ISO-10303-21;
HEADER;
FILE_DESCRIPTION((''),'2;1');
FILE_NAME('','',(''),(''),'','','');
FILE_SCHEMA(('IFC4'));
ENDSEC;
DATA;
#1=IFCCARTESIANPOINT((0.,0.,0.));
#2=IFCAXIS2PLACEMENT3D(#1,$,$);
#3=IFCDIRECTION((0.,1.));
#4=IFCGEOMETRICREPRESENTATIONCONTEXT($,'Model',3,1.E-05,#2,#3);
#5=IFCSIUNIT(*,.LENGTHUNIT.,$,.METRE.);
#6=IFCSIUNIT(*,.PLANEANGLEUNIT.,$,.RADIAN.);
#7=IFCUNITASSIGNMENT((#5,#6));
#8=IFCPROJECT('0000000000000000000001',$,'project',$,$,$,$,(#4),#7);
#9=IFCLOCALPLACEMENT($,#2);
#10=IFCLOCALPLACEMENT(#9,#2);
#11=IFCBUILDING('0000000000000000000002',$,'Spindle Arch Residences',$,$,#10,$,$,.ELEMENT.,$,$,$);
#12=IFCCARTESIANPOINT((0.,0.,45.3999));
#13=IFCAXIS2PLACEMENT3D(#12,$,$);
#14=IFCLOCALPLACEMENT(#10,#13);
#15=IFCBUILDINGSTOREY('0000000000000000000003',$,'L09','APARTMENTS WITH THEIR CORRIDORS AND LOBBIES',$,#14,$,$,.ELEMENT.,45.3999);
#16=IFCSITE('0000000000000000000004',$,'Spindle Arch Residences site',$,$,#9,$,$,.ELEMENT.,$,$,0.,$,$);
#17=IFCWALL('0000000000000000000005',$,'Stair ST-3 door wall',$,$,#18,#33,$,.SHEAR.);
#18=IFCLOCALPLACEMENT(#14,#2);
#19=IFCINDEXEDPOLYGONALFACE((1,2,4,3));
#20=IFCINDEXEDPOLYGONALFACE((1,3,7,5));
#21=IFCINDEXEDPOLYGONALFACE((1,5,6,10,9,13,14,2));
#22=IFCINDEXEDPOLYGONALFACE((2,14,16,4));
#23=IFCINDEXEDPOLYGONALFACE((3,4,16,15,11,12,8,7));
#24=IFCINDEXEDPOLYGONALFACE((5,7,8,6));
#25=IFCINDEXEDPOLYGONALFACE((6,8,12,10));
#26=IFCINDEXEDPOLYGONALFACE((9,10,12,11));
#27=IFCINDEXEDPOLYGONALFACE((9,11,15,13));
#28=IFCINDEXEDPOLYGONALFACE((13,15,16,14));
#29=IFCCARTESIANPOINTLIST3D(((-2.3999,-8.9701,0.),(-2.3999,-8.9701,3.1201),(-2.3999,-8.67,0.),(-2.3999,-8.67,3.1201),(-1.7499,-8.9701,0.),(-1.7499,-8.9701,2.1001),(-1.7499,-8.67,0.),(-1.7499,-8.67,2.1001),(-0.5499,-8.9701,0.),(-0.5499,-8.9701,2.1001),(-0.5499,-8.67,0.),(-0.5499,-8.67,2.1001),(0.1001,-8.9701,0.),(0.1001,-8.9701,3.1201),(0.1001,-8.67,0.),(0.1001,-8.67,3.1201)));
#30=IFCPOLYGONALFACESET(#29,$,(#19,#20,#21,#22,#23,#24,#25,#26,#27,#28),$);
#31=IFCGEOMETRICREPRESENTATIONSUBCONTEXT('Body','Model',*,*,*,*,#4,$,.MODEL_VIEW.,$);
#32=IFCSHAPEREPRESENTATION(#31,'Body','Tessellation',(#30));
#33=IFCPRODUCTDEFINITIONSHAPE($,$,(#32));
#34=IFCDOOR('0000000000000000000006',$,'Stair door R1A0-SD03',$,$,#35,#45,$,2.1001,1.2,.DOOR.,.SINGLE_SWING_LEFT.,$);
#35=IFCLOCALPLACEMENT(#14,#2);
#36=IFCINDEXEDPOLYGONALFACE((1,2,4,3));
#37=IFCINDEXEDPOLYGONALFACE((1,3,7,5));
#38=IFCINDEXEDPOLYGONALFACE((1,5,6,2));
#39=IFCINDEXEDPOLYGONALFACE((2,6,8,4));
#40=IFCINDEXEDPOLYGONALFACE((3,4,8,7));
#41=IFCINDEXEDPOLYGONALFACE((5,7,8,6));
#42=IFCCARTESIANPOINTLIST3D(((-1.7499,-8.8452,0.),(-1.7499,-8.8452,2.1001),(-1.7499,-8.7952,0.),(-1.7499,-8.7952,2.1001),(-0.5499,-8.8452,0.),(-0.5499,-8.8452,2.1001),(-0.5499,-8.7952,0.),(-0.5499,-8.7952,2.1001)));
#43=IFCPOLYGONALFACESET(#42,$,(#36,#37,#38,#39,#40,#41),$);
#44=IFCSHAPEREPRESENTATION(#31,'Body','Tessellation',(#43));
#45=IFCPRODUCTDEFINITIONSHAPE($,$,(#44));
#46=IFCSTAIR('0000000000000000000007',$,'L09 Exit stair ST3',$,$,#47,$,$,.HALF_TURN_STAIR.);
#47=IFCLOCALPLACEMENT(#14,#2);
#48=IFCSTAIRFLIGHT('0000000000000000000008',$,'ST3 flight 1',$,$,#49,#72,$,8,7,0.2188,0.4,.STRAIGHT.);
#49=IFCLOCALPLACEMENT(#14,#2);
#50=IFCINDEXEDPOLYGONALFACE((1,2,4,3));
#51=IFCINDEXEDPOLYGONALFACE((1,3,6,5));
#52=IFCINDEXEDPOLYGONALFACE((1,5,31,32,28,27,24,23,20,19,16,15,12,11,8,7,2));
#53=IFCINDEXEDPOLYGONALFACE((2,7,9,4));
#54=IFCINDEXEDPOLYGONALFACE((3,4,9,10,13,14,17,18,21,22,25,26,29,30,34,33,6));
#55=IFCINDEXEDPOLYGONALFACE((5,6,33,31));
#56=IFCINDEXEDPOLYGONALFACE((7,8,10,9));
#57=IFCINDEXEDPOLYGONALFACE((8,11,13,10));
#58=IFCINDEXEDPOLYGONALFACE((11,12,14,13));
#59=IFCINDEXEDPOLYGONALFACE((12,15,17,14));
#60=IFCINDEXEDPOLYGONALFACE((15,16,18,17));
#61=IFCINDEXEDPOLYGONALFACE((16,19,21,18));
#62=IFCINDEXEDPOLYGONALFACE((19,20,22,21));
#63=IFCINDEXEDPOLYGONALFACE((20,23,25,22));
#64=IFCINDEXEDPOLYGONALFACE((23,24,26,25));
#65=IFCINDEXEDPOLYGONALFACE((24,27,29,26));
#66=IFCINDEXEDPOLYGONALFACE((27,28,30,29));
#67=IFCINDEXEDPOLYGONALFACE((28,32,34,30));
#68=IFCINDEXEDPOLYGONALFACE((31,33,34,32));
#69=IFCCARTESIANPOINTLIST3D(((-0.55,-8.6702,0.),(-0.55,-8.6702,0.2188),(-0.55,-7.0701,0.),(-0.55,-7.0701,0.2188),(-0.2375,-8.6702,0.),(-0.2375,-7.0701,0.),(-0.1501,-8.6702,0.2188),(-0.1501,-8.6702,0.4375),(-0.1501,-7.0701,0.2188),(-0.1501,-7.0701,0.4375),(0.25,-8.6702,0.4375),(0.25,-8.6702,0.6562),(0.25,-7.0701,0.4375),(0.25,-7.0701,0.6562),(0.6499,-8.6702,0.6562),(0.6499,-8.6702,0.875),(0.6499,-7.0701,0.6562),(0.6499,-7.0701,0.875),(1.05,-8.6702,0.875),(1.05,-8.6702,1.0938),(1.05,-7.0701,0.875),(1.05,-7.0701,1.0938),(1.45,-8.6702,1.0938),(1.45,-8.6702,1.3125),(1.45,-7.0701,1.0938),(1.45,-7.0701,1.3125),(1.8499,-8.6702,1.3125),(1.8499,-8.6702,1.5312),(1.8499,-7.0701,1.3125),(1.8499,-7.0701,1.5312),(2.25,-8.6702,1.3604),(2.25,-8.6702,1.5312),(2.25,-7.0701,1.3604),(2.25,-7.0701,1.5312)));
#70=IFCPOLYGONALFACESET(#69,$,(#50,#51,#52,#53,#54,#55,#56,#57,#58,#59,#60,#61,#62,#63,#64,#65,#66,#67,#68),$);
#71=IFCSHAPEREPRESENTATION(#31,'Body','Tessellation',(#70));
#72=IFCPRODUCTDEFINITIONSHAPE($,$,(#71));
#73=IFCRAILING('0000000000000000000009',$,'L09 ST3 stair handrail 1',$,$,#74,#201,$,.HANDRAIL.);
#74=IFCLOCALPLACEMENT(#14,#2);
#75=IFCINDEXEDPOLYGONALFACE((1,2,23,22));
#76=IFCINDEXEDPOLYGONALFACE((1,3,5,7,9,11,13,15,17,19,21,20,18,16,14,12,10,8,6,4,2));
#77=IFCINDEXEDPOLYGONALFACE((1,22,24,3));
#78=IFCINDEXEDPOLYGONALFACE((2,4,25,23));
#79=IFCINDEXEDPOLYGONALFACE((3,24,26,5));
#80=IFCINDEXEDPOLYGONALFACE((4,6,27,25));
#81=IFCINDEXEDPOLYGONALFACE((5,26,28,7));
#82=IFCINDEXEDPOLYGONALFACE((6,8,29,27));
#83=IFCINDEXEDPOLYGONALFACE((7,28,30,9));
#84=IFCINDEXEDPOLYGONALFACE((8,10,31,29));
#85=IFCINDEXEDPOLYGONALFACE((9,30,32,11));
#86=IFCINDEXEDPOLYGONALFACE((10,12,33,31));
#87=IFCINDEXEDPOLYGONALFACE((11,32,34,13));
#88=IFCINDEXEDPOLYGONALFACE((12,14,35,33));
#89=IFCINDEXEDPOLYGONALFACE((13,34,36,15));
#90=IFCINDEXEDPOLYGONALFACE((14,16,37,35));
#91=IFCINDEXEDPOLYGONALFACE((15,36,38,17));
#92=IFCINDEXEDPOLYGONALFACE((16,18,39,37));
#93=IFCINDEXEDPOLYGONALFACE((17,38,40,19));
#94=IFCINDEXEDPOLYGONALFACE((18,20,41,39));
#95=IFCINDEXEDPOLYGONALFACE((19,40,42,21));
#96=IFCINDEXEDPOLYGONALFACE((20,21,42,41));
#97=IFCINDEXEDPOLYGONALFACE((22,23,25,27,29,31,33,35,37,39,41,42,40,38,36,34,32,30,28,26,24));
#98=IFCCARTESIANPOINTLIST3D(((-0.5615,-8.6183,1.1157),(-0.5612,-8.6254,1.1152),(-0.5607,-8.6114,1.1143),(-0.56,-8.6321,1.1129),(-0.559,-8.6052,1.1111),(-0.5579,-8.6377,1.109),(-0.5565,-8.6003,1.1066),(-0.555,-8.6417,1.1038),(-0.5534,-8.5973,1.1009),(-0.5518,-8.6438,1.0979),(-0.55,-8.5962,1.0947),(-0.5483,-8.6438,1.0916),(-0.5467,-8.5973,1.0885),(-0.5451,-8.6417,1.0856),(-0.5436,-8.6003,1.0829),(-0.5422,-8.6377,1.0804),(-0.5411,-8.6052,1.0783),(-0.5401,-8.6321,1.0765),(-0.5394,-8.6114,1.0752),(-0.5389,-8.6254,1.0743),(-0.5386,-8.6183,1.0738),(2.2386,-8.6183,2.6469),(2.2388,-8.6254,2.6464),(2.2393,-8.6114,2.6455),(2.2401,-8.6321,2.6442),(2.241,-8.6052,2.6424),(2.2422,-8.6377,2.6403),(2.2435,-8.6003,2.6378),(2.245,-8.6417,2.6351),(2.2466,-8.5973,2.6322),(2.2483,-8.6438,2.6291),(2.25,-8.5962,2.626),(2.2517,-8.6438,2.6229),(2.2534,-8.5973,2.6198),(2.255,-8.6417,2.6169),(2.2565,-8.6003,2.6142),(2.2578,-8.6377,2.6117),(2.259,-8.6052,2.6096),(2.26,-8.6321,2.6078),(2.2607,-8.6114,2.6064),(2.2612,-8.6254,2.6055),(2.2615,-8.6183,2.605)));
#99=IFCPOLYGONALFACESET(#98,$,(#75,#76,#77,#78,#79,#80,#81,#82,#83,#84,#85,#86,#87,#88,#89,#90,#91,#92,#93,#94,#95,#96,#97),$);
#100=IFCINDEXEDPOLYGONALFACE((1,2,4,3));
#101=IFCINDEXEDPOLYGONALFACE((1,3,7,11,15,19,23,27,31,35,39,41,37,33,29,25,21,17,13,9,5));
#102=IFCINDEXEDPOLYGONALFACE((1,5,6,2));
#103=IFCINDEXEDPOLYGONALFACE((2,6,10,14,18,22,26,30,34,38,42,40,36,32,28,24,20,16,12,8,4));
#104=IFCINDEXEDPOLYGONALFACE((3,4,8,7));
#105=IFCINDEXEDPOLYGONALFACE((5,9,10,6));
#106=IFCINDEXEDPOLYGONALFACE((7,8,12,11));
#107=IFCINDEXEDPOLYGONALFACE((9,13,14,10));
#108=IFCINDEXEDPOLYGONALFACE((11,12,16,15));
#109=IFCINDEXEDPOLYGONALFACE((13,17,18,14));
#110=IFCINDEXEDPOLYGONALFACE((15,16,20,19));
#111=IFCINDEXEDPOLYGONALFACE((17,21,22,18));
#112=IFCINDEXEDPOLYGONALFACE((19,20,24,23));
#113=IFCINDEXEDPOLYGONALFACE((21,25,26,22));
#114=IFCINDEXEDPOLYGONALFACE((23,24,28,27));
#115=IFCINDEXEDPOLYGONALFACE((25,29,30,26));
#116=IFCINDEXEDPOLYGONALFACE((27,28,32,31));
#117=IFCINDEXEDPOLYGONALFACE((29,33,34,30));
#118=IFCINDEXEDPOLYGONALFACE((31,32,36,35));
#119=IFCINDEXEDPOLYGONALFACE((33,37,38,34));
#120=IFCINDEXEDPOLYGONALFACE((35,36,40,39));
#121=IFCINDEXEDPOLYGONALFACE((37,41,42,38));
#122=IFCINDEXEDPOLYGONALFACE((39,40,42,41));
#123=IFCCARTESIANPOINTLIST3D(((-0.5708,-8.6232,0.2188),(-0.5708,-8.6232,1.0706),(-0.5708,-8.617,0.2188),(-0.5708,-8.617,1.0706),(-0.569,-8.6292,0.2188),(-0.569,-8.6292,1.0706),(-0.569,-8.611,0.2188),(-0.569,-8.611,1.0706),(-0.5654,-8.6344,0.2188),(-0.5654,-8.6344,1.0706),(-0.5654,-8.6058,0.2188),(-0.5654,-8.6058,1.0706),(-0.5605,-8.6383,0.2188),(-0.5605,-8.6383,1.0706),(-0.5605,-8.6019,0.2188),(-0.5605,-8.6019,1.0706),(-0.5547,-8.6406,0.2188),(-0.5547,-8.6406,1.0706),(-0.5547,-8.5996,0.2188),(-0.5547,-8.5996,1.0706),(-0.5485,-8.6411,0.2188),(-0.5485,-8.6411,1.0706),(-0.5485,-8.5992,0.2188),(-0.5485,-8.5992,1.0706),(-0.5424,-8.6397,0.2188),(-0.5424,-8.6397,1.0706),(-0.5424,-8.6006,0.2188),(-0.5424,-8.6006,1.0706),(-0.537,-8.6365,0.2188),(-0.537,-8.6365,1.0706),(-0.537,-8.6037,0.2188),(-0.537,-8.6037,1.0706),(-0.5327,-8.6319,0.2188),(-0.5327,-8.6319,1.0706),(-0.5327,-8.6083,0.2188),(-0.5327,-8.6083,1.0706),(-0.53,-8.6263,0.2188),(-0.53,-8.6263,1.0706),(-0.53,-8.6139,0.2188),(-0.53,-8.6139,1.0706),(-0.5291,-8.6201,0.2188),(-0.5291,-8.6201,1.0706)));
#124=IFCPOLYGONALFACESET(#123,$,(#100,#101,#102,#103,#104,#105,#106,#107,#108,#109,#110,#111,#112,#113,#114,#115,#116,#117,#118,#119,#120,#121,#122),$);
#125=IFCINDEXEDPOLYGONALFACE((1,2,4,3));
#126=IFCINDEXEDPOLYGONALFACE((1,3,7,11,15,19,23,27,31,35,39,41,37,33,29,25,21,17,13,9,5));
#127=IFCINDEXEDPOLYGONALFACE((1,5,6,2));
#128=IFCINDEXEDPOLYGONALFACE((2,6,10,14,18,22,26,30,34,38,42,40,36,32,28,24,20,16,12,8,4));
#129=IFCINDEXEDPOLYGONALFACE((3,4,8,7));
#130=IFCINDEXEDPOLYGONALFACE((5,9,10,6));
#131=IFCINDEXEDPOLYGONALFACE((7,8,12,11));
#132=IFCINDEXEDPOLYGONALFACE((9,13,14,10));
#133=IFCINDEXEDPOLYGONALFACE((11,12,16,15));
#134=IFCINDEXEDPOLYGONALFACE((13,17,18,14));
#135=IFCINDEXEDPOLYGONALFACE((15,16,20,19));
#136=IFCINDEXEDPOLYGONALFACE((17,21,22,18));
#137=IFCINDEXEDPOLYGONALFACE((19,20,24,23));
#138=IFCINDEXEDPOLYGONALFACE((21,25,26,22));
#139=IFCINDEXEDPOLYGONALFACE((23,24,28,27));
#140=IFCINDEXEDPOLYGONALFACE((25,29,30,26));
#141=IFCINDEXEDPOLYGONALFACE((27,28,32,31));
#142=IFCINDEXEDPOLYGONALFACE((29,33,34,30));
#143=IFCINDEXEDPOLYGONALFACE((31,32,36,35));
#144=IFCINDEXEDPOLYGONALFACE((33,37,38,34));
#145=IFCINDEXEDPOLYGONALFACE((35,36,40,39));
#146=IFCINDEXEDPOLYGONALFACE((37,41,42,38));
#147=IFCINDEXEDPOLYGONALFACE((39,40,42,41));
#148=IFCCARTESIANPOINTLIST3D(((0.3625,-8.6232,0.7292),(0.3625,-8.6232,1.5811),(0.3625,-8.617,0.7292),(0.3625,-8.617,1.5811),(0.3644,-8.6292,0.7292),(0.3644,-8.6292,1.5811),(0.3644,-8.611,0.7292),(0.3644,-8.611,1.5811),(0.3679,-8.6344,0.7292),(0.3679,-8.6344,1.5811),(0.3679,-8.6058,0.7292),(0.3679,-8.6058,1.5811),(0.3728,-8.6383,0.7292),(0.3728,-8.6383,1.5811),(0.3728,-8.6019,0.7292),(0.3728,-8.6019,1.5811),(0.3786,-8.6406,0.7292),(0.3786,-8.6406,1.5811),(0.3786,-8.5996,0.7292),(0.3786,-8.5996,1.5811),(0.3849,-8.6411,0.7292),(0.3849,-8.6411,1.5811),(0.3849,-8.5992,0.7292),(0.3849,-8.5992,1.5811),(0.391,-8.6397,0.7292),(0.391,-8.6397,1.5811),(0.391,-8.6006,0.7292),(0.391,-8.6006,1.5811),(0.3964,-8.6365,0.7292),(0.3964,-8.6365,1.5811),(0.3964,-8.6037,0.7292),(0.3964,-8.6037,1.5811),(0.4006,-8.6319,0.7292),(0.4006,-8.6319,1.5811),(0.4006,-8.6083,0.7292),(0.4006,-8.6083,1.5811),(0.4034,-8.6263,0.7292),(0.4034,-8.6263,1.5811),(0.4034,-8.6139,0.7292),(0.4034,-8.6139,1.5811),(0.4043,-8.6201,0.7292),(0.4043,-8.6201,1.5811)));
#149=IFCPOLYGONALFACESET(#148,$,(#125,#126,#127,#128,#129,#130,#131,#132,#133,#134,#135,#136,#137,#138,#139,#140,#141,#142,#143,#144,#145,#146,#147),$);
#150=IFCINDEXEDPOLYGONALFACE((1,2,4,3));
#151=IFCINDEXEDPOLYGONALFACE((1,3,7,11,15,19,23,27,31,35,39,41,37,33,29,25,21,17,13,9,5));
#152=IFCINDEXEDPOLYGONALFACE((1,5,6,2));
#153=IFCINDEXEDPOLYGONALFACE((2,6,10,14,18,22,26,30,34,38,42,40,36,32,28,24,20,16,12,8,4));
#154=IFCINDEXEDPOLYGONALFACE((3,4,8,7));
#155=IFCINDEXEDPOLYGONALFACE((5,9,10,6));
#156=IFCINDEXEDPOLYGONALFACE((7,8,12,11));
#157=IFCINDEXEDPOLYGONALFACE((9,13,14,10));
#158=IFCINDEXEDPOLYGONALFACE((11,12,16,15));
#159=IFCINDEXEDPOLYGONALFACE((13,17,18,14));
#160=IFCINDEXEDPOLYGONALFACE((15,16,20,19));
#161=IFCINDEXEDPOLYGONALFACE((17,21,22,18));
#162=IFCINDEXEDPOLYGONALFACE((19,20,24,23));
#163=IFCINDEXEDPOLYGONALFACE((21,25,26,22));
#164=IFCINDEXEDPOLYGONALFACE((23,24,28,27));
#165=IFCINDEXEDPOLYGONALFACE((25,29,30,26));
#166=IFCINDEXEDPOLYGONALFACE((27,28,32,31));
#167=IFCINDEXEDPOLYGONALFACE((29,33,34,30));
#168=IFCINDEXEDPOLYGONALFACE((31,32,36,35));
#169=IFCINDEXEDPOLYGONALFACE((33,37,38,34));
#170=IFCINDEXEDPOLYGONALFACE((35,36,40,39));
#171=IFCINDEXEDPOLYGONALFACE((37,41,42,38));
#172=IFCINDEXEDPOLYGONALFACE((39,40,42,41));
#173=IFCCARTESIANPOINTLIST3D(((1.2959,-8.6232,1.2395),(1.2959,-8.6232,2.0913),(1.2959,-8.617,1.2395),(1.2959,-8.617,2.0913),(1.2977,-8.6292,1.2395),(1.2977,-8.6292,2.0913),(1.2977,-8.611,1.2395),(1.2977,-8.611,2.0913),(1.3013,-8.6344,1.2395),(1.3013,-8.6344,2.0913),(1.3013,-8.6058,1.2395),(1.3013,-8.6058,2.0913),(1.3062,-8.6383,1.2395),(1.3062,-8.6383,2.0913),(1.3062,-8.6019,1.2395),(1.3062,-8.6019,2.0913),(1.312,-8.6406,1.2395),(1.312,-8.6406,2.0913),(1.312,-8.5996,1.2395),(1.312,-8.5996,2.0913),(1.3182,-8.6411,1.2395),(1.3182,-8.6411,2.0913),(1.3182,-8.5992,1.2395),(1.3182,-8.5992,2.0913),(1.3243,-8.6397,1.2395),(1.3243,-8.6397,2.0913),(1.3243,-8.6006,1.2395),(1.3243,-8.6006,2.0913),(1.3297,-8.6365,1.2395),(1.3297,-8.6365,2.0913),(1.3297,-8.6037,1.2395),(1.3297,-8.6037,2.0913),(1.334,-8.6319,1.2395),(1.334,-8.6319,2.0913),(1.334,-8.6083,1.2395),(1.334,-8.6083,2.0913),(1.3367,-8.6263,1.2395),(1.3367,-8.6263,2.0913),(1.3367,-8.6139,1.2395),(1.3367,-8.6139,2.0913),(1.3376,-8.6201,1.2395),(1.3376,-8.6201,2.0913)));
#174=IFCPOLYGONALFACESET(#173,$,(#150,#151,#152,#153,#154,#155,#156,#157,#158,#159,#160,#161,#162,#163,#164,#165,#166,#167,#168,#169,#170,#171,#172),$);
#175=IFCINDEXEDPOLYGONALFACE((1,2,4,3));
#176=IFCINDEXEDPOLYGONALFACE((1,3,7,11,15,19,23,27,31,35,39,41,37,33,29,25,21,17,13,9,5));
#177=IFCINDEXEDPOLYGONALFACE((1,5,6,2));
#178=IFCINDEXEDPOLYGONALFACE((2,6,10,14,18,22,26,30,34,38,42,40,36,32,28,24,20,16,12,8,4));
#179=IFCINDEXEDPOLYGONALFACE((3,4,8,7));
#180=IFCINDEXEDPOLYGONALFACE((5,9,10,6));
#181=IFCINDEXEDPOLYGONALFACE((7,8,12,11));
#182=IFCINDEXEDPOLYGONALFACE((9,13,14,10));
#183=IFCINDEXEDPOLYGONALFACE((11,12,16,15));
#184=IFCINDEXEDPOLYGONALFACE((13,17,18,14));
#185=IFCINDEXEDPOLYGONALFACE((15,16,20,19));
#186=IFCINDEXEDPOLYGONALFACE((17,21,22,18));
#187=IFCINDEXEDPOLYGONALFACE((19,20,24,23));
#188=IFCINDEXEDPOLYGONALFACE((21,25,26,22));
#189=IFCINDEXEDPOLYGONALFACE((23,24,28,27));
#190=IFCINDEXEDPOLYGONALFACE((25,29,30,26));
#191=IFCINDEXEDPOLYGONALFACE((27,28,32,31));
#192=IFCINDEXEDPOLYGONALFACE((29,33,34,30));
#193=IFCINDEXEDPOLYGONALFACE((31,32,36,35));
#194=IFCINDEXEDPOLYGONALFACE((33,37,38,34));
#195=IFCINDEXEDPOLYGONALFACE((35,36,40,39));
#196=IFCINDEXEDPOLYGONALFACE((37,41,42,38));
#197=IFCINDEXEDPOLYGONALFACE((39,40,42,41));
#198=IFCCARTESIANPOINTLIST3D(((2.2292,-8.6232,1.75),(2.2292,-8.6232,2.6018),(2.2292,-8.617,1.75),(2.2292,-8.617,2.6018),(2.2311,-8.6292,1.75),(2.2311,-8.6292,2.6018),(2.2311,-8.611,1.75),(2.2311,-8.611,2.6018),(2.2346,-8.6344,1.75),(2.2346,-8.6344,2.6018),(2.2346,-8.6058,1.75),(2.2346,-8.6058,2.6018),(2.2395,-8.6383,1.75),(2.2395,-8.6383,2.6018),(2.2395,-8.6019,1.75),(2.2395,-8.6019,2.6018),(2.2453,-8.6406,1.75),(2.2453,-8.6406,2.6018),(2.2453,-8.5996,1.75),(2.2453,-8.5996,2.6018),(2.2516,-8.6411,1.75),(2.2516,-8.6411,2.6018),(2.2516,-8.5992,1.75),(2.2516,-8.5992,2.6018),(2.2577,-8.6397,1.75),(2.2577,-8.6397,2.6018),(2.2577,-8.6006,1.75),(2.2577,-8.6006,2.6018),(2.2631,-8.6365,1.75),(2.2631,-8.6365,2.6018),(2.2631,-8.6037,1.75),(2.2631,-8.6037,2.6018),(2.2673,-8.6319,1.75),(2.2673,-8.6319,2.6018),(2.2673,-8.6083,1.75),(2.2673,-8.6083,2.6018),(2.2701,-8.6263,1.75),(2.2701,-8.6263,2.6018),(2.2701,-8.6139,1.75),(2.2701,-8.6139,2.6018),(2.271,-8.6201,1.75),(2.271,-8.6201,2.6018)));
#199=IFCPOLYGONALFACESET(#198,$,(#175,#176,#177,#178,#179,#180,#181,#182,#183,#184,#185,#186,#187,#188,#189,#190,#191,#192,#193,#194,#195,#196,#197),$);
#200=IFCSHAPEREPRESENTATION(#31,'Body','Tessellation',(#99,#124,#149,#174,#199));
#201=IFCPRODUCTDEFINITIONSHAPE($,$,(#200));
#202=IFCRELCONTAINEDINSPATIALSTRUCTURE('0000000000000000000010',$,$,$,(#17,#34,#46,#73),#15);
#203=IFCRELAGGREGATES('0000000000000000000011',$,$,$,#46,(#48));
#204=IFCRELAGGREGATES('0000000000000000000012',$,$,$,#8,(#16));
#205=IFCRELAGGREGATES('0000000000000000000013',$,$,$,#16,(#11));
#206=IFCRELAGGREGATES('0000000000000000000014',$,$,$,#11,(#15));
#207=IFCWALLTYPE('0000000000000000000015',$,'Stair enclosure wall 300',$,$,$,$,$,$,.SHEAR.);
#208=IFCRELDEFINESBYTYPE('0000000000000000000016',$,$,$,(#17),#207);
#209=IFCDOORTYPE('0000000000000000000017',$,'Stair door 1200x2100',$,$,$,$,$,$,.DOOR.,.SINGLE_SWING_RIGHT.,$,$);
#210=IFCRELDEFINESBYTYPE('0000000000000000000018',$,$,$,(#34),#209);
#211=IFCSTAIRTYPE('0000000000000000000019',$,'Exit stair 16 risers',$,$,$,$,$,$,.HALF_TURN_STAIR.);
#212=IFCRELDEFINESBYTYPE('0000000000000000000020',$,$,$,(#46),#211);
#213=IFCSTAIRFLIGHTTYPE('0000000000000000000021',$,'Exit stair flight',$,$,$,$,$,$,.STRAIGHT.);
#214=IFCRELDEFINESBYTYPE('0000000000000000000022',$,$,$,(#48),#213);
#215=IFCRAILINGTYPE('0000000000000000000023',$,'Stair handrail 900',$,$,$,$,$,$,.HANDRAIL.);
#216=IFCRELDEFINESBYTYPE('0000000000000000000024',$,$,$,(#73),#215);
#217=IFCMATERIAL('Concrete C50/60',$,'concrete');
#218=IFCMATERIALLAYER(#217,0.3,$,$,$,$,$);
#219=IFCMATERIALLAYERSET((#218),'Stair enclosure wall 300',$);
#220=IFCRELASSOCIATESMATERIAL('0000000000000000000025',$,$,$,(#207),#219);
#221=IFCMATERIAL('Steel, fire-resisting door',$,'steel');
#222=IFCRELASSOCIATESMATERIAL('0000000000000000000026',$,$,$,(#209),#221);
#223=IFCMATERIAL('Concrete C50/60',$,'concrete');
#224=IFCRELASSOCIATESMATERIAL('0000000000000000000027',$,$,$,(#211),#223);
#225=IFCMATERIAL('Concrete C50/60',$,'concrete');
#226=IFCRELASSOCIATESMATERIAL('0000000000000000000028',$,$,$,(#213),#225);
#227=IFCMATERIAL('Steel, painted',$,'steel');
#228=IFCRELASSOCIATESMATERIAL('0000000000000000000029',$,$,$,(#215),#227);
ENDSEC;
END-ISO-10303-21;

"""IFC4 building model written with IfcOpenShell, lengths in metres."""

from ifc_helpers import new_model, si_unit, direction, frame, frame_2d, origin, origin_2d, place, context, subcontext, project, spatial, polyline, rectangle, circle, outline, extrude, material, layer, layer_set, type_object, element, fill, aggregate, save


model = new_model("IFC4")

# Units and contexts
model_context = context("Model", 3, precision=1e-05, world=origin(), true_north=direction((0.0, 1.0)))
body_context = subcontext(model_context, "Body", "Model", "MODEL_VIEW")
ifc_project = project(units=[si_unit("LENGTHUNIT", "METRE"), si_unit("PLANEANGLEUNIT", "RADIAN")], contexts=[model_context])

# Site, building, storey
site_placement = place(None, origin())
site = spatial("IfcSite", under=ifc_project, at=site_placement, Name="Spindle Arch Residences site", CompositionType="ELEMENT", RefElevation=0.0)
building_placement = place(site_placement, origin())
building = spatial("IfcBuilding", under=site, at=building_placement, Name="Spindle Arch Residences", CompositionType="ELEMENT")
storey_placement = place(building_placement, frame((0.0, 0.0, 45.3999)))
storey = spatial("IfcBuildingStorey", under=building, at=storey_placement, Name="L09", Description="APARTMENTS WITH THEIR CORRIDORS AND LOBBIES", CompositionType="ELEMENT", Elevation=45.3999)

# Shared definitions
ifc_material_1 = material(Name="Concrete C50/60", Category="concrete")
ifc_layer_1 = layer(ifc_material_1, 0.3)
ifc_layer_set_1 = layer_set([ifc_layer_1], Name="Stair enclosure wall 300")
wall_type_1 = type_object("IfcWallType", Name="Stair enclosure wall 300", PredefinedType="SHEAR", material=ifc_layer_set_1)

# Wall, opening, door
wall_1_placement = place(storey_placement, frame((-2.3999, -8.8201, 0.0), z_axis=(0.0, 0.0, 1.0), x_axis=(1.0, 0.0, 0.0)))
wall_1 = element("IfcWall", 1, at=wall_1_placement, inside=storey, type_object=wall_type_1, Name="Stair ST-3 door wall", PredefinedType="SHEAR", context=body_context, shape_type="SweptSolid", body=[
    extrude(rectangle(XDim=2.5, YDim=0.3, at=frame_2d((1.25, 0.0))), origin(), (0.0, 0.0, 1.0), 3.1201),
])
opening_1_placement = place(wall_1_placement, frame((0.6499, 0.0, 0.0)))
opening_1 = element("IfcOpeningElement", 2, at=opening_1_placement, cuts=wall_1, PredefinedType="OPENING", context=body_context, shape_type="SweptSolid", body=[
    extrude(rectangle(XDim=1.2, YDim=2.1001, at=frame_2d((0.6001, 1.05))), frame((0.0, 0.1602, 0.0), z_axis=(0.0, -1.0, 0.0), x_axis=(1.0, 0.0, 0.0)), (0.0, 0.0, 1.0), 0.3201),
])
ifc_material_2 = material(Name="Steel, fire-resisting door", Category="steel")
door_type_1 = type_object("IfcDoorType", Name="Stair door 1200x2100", OperationType="SINGLE_SWING_RIGHT", PredefinedType="DOOR", material=ifc_material_2)
door_1_placement = place(opening_1_placement, origin())
door_1 = element("IfcDoor", 3, at=door_1_placement, inside=storey, type_object=door_type_1, Name="Stair door R1A0-SD03", OperationType="SINGLE_SWING_LEFT", OverallHeight=2.1001, OverallWidth=1.2, PredefinedType="DOOR", context=body_context, shape_type="SweptSolid", body=[
    extrude(rectangle(XDim=1.2, YDim=2.1001, at=frame_2d((0.6001, 1.05))), frame((0.0, 0.0249, 0.0), z_axis=(0.0, -1.0, 0.0), x_axis=(1.0, 0.0, 0.0)), (0.0, 0.0, 1.0), 0.05),
])
fill(opening_1, door_1)

# Stair, stair flight
ifc_material_3 = material(Name="Concrete C50/60", Category="concrete")
stair_type = type_object("IfcStairType", Name="Exit stair 16 risers", PredefinedType="HALF_TURN_STAIR", material=ifc_material_3)
stair_placement = place(storey_placement, origin())
stair = element("IfcStair", 4, at=stair_placement, inside=storey, type_object=stair_type, Name="L09 Exit stair ST3", PredefinedType="HALF_TURN_STAIR")
ifc_material_4 = material(Name="Concrete C50/60", Category="concrete")
stair_flight_type = type_object("IfcStairFlightType", Name="Exit stair flight", PredefinedType="STRAIGHT", material=ifc_material_4)
stair_flight_placement = place(storey_placement, frame((-0.55, -7.8701, 0.0), z_axis=(0.0, 0.0, 1.0), x_axis=(1.0, 0.0, 0.0)))
stair_flight = element("IfcStairFlight", 5, at=stair_flight_placement, type_object=stair_flight_type, Name="ST3 flight 1", NumberOfRisers=8, NumberOfTreads=7, PredefinedType="STRAIGHT", RiserHeight=0.2188, TreadLength=0.4, context=body_context, shape_type="SweptSolid", body=[
    extrude(outline(polyline([(0.0, 0.0), (0.0, 0.2188), (0.3999, 0.2188), (0.3999, 0.4375), (0.8, 0.4375), (0.8, 0.6562), (1.2, 0.6562), (1.2, 0.875), (1.6001, 0.875), (1.6001, 1.0938), (2.0, 1.0938), (2.0, 1.3125), (2.3999, 1.3125), (2.3999, 1.5312), (2.8, 1.5312), (2.8, 1.75), (2.8, 1.3604), (0.3125, 0.0), (0.0, 0.0)])), frame((0.0, 0.8, 0.0), z_axis=(0.0, -1.0, 0.0), x_axis=(1.0, 0.0, 0.0)), (0.0, 0.0, 1.0), 1.6001),
])
aggregate(stair, [stair_flight])

# Railing
ifc_material_5 = material(Name="Steel, painted", Category="steel")
railing_type_1 = type_object("IfcRailingType", Name="Stair handrail 900", PredefinedType="HANDRAIL", material=ifc_material_5)
railing_1_placement = place(storey_placement, frame((-0.55, -8.6201, 0.2188)))
element("IfcRailing", 6, at=railing_1_placement, inside=storey, type_object=railing_type_1, Name="L09 ST3 stair handrail 1", PredefinedType="HANDRAIL", context=body_context, shape_type="SweptSolid", body=[
    extrude(circle(Radius=0.0239, at=origin_2d()), frame((0.0, 0.0, 0.876), z_axis=(0.877375, 0.0, 0.479806), x_axis=(0.0, 1.0, 0.0)), (0.0, 0.0, 1.0), 3.1914),
    extrude(circle(Radius=0.021, at=origin_2d()), origin(), (0.0, 0.0, 1.0), 0.8518),
    extrude(circle(Radius=0.021, at=origin_2d()), frame((0.9333, 0.0, 0.5105)), (0.0, 0.0, 1.0), 0.8518),
    extrude(circle(Radius=0.021, at=origin_2d()), frame((1.8667, 0.0, 1.0208)), (0.0, 0.0, 1.0), 0.8518),
    extrude(circle(Radius=0.021, at=origin_2d()), frame((2.8, 0.0, 1.5312)), (0.0, 0.0, 1.0), 0.8518),
])

save(model, "model.ifc")
